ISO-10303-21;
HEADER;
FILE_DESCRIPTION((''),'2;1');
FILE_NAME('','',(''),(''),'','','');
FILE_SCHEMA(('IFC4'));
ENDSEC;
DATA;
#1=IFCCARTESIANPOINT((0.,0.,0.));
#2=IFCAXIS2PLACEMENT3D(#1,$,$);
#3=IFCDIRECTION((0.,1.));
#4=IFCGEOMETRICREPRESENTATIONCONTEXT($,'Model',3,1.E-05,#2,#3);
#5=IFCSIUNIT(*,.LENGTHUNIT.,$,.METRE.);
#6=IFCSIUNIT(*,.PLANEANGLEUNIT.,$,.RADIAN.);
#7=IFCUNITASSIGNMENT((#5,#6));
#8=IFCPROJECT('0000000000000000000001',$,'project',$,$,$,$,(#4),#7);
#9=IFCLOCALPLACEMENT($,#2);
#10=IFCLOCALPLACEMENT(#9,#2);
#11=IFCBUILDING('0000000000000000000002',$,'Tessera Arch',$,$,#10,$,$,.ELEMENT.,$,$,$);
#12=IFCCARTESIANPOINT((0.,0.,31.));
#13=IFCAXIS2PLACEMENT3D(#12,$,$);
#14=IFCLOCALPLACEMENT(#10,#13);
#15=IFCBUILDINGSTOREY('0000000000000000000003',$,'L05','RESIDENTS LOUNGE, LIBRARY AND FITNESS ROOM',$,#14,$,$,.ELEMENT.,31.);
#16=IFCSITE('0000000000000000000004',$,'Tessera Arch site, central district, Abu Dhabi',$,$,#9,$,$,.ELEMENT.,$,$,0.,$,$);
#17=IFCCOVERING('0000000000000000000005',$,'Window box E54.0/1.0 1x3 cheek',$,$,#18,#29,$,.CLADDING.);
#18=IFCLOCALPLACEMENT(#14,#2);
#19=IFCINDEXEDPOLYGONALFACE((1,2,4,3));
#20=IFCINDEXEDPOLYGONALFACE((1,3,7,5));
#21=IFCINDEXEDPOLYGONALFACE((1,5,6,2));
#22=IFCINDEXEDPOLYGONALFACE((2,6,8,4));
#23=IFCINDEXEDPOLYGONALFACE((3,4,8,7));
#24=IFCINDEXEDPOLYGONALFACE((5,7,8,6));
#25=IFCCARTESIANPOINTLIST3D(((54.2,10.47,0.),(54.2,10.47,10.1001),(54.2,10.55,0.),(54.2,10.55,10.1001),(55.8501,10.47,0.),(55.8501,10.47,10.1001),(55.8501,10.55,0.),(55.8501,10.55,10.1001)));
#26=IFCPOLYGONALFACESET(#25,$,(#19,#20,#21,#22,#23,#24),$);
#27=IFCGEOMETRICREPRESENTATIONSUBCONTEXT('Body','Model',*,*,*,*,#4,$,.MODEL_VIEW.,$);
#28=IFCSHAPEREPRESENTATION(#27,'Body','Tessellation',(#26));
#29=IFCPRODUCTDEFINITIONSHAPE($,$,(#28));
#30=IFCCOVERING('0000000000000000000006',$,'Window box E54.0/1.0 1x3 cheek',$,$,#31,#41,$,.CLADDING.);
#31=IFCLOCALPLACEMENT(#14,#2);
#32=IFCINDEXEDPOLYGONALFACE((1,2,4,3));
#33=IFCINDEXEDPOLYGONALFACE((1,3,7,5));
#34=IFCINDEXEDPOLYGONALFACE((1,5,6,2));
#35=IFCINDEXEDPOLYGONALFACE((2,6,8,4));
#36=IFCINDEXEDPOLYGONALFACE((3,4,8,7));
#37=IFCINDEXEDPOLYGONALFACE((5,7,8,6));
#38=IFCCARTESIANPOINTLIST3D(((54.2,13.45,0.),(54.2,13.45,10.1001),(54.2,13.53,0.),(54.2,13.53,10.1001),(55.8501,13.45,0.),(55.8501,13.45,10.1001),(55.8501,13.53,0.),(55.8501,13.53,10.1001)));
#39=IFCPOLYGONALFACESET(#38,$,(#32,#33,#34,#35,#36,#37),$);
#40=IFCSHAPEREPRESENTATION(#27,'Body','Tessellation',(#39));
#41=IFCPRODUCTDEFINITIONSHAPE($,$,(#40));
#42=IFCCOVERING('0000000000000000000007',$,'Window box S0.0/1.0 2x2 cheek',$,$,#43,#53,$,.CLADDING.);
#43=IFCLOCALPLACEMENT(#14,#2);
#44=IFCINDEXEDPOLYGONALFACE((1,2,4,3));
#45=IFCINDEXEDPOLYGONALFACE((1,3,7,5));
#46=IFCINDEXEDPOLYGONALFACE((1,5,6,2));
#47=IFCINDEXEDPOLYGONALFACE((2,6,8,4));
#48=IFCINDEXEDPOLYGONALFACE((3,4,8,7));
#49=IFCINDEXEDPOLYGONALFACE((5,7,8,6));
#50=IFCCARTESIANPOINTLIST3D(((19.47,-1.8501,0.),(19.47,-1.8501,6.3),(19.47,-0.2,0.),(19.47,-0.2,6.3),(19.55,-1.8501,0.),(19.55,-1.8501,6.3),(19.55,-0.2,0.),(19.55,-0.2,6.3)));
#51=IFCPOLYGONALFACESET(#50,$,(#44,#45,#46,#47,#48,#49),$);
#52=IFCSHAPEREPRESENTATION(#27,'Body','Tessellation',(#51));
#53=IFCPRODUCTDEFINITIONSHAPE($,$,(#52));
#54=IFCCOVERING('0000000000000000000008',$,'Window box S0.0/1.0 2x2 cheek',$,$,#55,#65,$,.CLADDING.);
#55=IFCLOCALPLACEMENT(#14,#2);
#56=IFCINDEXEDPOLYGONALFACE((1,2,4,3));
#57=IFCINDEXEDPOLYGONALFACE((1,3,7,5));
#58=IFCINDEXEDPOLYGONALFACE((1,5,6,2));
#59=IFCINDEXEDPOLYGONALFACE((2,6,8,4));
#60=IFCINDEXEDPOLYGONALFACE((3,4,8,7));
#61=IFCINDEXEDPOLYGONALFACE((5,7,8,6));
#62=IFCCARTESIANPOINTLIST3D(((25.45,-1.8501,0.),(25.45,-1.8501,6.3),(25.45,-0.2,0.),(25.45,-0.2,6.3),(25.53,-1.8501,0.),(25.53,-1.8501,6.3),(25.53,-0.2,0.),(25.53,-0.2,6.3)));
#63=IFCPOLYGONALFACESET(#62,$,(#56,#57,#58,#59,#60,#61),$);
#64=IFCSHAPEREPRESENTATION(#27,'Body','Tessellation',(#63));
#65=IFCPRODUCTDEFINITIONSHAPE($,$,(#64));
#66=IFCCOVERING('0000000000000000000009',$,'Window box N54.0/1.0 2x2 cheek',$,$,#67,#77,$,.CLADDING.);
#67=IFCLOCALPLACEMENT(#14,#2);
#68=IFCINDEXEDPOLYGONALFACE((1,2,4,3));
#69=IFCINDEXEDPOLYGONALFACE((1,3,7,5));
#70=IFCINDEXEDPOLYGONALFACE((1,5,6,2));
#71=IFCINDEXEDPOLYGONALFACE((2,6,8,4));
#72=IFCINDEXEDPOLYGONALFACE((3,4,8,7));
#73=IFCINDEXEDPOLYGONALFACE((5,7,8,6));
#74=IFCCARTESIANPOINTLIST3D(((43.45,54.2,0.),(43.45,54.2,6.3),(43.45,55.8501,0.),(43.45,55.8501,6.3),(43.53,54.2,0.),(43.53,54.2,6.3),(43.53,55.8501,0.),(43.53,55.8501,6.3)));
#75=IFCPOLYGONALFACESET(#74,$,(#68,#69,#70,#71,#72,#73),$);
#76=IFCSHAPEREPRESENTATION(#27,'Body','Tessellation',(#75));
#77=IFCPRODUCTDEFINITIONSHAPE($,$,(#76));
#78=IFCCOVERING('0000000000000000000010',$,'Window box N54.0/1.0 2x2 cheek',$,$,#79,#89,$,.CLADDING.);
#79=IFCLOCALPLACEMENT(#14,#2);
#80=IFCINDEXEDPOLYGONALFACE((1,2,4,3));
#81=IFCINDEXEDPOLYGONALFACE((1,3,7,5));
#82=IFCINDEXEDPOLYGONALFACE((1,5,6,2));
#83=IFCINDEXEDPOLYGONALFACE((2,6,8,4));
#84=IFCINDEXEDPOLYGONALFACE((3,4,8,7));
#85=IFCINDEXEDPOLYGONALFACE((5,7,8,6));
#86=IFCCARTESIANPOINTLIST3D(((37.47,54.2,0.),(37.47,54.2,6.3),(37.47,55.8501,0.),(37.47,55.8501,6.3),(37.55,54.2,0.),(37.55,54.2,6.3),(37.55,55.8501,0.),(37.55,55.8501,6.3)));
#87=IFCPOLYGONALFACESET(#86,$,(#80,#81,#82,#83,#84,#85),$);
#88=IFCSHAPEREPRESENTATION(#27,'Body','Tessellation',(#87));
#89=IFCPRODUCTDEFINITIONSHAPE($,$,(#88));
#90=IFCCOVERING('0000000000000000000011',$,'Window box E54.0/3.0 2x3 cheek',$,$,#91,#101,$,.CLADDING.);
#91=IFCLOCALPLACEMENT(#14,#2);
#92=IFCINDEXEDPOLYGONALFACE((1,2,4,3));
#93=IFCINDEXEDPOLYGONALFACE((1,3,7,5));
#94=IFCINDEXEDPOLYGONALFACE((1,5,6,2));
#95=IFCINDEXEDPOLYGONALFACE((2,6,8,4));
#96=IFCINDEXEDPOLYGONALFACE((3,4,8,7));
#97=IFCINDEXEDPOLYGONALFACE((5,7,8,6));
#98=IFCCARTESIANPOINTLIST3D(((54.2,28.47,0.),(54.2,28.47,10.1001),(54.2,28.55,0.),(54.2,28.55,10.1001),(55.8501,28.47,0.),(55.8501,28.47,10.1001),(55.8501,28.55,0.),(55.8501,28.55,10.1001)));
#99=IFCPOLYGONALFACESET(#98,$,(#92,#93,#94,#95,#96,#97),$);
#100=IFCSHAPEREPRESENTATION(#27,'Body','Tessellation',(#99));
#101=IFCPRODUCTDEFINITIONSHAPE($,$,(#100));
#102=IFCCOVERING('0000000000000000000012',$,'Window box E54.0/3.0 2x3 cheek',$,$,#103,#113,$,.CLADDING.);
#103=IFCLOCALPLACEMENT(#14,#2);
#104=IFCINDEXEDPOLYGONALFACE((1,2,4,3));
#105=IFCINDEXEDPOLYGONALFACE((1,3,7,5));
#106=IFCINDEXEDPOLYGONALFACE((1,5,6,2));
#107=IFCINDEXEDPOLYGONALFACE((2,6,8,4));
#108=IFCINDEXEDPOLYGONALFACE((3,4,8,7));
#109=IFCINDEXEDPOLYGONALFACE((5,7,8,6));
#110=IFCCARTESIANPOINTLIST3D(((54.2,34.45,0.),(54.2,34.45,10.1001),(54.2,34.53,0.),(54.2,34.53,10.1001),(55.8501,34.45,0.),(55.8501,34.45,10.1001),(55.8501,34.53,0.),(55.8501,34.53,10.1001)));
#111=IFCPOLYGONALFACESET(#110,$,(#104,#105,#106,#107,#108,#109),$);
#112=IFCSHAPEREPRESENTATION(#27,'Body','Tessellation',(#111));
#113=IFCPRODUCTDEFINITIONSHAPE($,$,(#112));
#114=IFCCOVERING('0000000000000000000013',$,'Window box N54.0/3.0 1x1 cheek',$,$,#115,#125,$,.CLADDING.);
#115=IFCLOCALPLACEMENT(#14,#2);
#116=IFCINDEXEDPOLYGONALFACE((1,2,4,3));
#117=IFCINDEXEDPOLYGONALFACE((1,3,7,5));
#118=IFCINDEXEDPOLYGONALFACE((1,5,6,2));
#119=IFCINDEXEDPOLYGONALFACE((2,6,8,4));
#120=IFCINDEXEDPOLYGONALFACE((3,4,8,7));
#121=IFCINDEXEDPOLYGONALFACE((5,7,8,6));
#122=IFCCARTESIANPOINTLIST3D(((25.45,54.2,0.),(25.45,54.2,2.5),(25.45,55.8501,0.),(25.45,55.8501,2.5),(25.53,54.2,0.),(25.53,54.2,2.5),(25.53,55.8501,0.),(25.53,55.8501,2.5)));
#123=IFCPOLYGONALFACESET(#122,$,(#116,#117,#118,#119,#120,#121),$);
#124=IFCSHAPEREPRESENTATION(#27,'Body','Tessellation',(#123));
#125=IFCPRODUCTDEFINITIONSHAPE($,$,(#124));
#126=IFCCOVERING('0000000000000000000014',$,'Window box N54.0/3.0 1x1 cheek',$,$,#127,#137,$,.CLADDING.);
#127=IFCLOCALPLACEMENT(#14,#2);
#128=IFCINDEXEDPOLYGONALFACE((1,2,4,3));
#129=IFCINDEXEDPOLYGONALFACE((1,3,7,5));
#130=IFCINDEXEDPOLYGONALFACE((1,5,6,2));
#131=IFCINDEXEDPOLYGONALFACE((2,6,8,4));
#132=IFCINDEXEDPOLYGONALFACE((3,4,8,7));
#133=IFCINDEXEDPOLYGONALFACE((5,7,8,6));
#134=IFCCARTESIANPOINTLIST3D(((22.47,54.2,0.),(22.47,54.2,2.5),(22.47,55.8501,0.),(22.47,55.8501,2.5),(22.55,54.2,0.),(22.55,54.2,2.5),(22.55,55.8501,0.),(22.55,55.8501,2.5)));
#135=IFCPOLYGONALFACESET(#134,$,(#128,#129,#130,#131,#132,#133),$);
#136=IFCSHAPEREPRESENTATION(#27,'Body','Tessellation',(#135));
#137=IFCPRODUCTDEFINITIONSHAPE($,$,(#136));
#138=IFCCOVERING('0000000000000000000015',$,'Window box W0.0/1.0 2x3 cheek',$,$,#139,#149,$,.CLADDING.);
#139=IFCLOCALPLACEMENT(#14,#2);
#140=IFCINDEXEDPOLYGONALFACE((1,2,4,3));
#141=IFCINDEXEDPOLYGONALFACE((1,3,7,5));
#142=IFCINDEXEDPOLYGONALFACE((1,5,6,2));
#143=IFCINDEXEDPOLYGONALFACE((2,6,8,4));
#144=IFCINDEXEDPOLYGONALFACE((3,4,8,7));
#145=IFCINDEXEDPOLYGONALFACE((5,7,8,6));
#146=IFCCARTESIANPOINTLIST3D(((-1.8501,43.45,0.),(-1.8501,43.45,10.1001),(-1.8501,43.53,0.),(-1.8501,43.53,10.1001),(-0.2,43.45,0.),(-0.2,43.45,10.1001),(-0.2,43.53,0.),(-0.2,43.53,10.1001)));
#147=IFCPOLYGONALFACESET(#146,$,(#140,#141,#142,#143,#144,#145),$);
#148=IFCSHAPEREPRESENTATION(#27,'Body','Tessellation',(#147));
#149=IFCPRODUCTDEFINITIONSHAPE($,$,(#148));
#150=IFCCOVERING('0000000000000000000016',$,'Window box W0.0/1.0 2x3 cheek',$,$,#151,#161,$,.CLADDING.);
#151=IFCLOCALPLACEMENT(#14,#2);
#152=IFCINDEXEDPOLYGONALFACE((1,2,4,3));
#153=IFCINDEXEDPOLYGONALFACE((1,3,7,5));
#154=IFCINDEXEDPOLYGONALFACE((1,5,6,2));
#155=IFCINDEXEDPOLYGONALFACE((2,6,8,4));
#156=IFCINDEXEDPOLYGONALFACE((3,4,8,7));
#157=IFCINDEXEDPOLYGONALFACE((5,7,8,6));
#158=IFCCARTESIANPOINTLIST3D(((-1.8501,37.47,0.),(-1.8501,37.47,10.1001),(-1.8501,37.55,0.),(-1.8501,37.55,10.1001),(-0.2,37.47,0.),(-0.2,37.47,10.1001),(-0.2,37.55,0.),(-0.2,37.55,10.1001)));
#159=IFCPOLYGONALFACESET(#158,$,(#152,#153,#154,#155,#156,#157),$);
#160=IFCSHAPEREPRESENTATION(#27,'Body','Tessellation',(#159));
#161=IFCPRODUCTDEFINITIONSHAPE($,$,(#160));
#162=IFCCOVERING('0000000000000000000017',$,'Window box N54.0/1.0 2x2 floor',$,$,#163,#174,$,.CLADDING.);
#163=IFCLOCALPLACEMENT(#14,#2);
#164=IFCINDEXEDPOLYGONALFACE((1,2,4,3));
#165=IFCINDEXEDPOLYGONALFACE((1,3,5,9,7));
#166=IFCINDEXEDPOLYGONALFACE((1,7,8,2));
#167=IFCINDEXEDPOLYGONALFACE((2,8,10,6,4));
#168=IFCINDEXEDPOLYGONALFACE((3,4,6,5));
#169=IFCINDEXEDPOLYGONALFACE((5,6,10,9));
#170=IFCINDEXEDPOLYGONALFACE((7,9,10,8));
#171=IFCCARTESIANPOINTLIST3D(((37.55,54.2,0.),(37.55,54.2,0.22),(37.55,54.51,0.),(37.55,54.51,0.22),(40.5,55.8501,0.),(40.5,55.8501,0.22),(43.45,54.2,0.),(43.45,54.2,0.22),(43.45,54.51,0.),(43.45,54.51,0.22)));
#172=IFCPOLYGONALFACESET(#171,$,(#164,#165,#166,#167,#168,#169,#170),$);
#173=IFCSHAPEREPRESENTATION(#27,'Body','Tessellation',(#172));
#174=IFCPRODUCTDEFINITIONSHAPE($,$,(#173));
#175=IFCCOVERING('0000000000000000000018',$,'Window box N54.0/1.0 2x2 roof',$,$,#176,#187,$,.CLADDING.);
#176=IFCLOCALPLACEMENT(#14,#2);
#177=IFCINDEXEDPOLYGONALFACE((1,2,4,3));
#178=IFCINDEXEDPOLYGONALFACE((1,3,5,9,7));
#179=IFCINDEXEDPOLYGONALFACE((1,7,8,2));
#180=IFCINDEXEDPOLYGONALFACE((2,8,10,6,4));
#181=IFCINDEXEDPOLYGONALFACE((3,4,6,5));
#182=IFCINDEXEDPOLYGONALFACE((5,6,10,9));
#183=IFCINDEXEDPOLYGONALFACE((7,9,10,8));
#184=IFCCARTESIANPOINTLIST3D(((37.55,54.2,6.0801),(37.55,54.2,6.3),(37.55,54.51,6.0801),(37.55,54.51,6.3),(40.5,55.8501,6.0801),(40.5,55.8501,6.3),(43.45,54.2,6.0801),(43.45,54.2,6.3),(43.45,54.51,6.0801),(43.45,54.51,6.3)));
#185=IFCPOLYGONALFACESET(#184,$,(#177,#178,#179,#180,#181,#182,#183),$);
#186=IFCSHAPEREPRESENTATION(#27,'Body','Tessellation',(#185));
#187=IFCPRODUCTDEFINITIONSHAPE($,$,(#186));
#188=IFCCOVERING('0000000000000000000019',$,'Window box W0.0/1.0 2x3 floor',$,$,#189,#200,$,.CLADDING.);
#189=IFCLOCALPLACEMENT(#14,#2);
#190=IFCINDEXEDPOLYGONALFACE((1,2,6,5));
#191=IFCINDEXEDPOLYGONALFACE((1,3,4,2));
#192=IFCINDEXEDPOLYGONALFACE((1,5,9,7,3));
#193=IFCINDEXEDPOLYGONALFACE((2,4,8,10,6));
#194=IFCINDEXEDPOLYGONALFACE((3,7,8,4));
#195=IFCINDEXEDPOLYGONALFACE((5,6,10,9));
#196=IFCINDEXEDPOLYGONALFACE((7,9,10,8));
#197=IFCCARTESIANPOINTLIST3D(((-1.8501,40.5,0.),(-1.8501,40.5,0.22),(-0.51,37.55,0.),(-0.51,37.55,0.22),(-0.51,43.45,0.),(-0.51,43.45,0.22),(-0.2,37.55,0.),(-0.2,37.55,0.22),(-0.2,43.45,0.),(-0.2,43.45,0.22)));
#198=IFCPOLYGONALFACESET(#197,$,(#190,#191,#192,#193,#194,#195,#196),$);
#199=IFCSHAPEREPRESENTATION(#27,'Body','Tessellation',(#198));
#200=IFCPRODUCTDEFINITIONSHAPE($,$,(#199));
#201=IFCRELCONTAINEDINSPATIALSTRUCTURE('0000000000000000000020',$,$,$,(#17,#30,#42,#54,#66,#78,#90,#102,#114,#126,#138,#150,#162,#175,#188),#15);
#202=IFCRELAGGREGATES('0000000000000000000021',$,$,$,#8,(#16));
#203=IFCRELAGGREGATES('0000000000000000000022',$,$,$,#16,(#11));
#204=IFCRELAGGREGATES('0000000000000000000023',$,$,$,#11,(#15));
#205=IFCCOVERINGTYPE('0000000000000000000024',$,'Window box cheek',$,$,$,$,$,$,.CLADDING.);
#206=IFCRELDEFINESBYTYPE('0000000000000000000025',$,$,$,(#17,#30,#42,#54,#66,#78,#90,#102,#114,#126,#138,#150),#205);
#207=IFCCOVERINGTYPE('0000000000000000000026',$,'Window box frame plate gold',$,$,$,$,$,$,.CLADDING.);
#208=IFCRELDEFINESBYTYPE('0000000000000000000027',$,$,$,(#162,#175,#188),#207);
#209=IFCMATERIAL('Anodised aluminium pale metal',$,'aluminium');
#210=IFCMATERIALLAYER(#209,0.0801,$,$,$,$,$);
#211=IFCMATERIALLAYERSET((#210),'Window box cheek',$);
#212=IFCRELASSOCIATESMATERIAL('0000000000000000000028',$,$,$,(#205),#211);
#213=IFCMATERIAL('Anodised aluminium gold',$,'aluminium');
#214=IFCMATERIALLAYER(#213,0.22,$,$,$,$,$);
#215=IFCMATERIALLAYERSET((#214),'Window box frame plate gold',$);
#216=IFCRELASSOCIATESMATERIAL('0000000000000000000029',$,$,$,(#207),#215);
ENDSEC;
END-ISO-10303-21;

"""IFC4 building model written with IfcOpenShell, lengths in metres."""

from ifc_helpers import new_model, si_unit, direction, frame, origin, place, context, subcontext, project, spatial, polyline, outline, extrude, material, layer, layer_set, type_object, element, save


model = new_model("IFC4")

# Units and contexts
model_context = context("Model", 3, precision=1e-05, world=origin(), true_north=direction((0.0, 1.0)))
body_context = subcontext(model_context, "Body", "Model", "MODEL_VIEW")
ifc_project = project(units=[si_unit("LENGTHUNIT", "METRE"), si_unit("PLANEANGLEUNIT", "RADIAN")], contexts=[model_context])

# Site, building, storey
site_placement = place(None, origin())
site = spatial("IfcSite", under=ifc_project, at=site_placement, Name="Tessera Arch site, central district, Abu Dhabi", CompositionType="ELEMENT", RefElevation=0.0)
building_placement = place(site_placement, origin())
building = spatial("IfcBuilding", under=site, at=building_placement, Name="Tessera Arch", CompositionType="ELEMENT")
storey_placement = place(building_placement, frame((0.0, 0.0, 31.0)))
storey = spatial("IfcBuildingStorey", under=building, at=storey_placement, Name="L05", Description="RESIDENTS LOUNGE, LIBRARY AND FITNESS ROOM", CompositionType="ELEMENT", Elevation=31.0)

# Coverings
ifc_material_1 = material(Name="Anodised aluminium pale metal", Category="aluminium")
ifc_layer_1 = layer(ifc_material_1, 0.0801)
ifc_layer_set_1 = layer_set([ifc_layer_1], Name="Window box cheek")
covering_type_1 = type_object("IfcCoveringType", Name="Window box cheek", PredefinedType="CLADDING", material=ifc_layer_set_1)
covering_1_placement = place(storey_placement, origin())
element("IfcCovering", 1, at=covering_1_placement, inside=storey, type_object=covering_type_1, Name="Window box E54.0/1.0 1x3 cheek", PredefinedType="CLADDING", context=body_context, shape_type="SweptSolid", body=[
    extrude(outline(polyline([(55.8501, 10.47), (55.8501, 10.55), (54.2, 10.55), (54.2, 10.47), (55.8501, 10.47)])), origin(), (0.0, 0.0, 1.0), 10.1001),
])
covering_2_placement = place(storey_placement, origin())
element("IfcCovering", 2, at=covering_2_placement, inside=storey, type_object=covering_type_1, Name="Window box E54.0/1.0 1x3 cheek", PredefinedType="CLADDING", context=body_context, shape_type="SweptSolid", body=[
    extrude(outline(polyline([(55.8501, 13.45), (55.8501, 13.53), (54.2, 13.53), (54.2, 13.45), (55.8501, 13.45)])), origin(), (0.0, 0.0, 1.0), 10.1001),
])
covering_3_placement = place(storey_placement, origin())
element("IfcCovering", 3, at=covering_3_placement, inside=storey, type_object=covering_type_1, Name="Window box S0.0/1.0 2x2 cheek", PredefinedType="CLADDING", context=body_context, shape_type="SweptSolid", body=[
    extrude(outline(polyline([(19.47, -1.8501), (19.55, -1.8501), (19.55, -0.2), (19.47, -0.2), (19.47, -1.8501)])), origin(), (0.0, 0.0, 1.0), 6.3),
])
covering_4_placement = place(storey_placement, origin())
element("IfcCovering", 4, at=covering_4_placement, inside=storey, type_object=covering_type_1, Name="Window box S0.0/1.0 2x2 cheek", PredefinedType="CLADDING", context=body_context, shape_type="SweptSolid", body=[
    extrude(outline(polyline([(25.45, -1.8501), (25.53, -1.8501), (25.53, -0.2), (25.45, -0.2), (25.45, -1.8501)])), origin(), (0.0, 0.0, 1.0), 6.3),
])
covering_5_placement = place(storey_placement, origin())
element("IfcCovering", 5, at=covering_5_placement, inside=storey, type_object=covering_type_1, Name="Window box N54.0/1.0 2x2 cheek", PredefinedType="CLADDING", context=body_context, shape_type="SweptSolid", body=[
    extrude(outline(polyline([(43.53, 55.8501), (43.45, 55.8501), (43.45, 54.2), (43.53, 54.2), (43.53, 55.8501)])), origin(), (0.0, 0.0, 1.0), 6.3),
])
covering_6_placement = place(storey_placement, origin())
element("IfcCovering", 6, at=covering_6_placement, inside=storey, type_object=covering_type_1, Name="Window box N54.0/1.0 2x2 cheek", PredefinedType="CLADDING", context=body_context, shape_type="SweptSolid", body=[
    extrude(outline(polyline([(37.55, 55.8501), (37.47, 55.8501), (37.47, 54.2), (37.55, 54.2), (37.55, 55.8501)])), origin(), (0.0, 0.0, 1.0), 6.3),
])
covering_7_placement = place(storey_placement, origin())
element("IfcCovering", 7, at=covering_7_placement, inside=storey, type_object=covering_type_1, Name="Window box E54.0/3.0 2x3 cheek", PredefinedType="CLADDING", context=body_context, shape_type="SweptSolid", body=[
    extrude(outline(polyline([(55.8501, 28.47), (55.8501, 28.55), (54.2, 28.55), (54.2, 28.47), (55.8501, 28.47)])), origin(), (0.0, 0.0, 1.0), 10.1001),
])
covering_8_placement = place(storey_placement, origin())
element("IfcCovering", 8, at=covering_8_placement, inside=storey, type_object=covering_type_1, Name="Window box E54.0/3.0 2x3 cheek", PredefinedType="CLADDING", context=body_context, shape_type="SweptSolid", body=[
    extrude(outline(polyline([(55.8501, 34.45), (55.8501, 34.53), (54.2, 34.53), (54.2, 34.45), (55.8501, 34.45)])), origin(), (0.0, 0.0, 1.0), 10.1001),
])
covering_9_placement = place(storey_placement, origin())
element("IfcCovering", 9, at=covering_9_placement, inside=storey, type_object=covering_type_1, Name="Window box N54.0/3.0 1x1 cheek", PredefinedType="CLADDING", context=body_context, shape_type="SweptSolid", body=[
    extrude(outline(polyline([(25.53, 55.8501), (25.45, 55.8501), (25.45, 54.2), (25.53, 54.2), (25.53, 55.8501)])), origin(), (0.0, 0.0, 1.0), 2.5),
])
covering_10_placement = place(storey_placement, origin())
element("IfcCovering", 10, at=covering_10_placement, inside=storey, type_object=covering_type_1, Name="Window box N54.0/3.0 1x1 cheek", PredefinedType="CLADDING", context=body_context, shape_type="SweptSolid", body=[
    extrude(outline(polyline([(22.55, 55.8501), (22.47, 55.8501), (22.47, 54.2), (22.55, 54.2), (22.55, 55.8501)])), origin(), (0.0, 0.0, 1.0), 2.5),
])
covering_11_placement = place(storey_placement, origin())
element("IfcCovering", 11, at=covering_11_placement, inside=storey, type_object=covering_type_1, Name="Window box W0.0/1.0 2x3 cheek", PredefinedType="CLADDING", context=body_context, shape_type="SweptSolid", body=[
    extrude(outline(polyline([(-1.8501, 43.53), (-1.8501, 43.45), (-0.2, 43.45), (-0.2, 43.53), (-1.8501, 43.53)])), origin(), (0.0, 0.0, 1.0), 10.1001),
])
covering_12_placement = place(storey_placement, origin())
element("IfcCovering", 12, at=covering_12_placement, inside=storey, type_object=covering_type_1, Name="Window box W0.0/1.0 2x3 cheek", PredefinedType="CLADDING", context=body_context, shape_type="SweptSolid", body=[
    extrude(outline(polyline([(-1.8501, 37.55), (-1.8501, 37.47), (-0.2, 37.47), (-0.2, 37.55), (-1.8501, 37.55)])), origin(), (0.0, 0.0, 1.0), 10.1001),
])
ifc_material_2 = material(Name="Anodised aluminium gold", Category="aluminium")
ifc_layer_2 = layer(ifc_material_2, 0.22)
ifc_layer_set_2 = layer_set([ifc_layer_2], Name="Window box frame plate gold")
covering_type_2 = type_object("IfcCoveringType", Name="Window box frame plate gold", PredefinedType="CLADDING", material=ifc_layer_set_2)
for number, where, name in (
    (13, (0.0, 0.0, 0.0), "Window box N54.0/1.0 2x2 floor"),
    (14, (0.0, 0.0, 6.0801), "Window box N54.0/1.0 2x2 roof"),
):
    element("IfcCovering", number, at=place(storey_placement, frame(where)), inside=storey, type_object=covering_type_2, Name=name, PredefinedType="CLADDING", context=body_context, shape_type="SweptSolid", body=[
        extrude(outline(polyline([(43.45, 54.51), (40.5, 55.8501), (37.55, 54.51), (37.55, 54.2), (43.45, 54.2), (43.45, 54.51)])), origin(), (0.0, 0.0, 1.0), 0.22),
    ])
covering_13_placement = place(storey_placement, origin())
element("IfcCovering", 15, at=covering_13_placement, inside=storey, type_object=covering_type_2, Name="Window box W0.0/1.0 2x3 floor", PredefinedType="CLADDING", context=body_context, shape_type="SweptSolid", body=[
    extrude(outline(polyline([(-0.51, 43.45), (-1.8501, 40.5), (-0.51, 37.55), (-0.2, 37.55), (-0.2, 43.45), (-0.51, 43.45)])), origin(), (0.0, 0.0, 1.0), 0.22),
])

save(model, "model.ifc")
